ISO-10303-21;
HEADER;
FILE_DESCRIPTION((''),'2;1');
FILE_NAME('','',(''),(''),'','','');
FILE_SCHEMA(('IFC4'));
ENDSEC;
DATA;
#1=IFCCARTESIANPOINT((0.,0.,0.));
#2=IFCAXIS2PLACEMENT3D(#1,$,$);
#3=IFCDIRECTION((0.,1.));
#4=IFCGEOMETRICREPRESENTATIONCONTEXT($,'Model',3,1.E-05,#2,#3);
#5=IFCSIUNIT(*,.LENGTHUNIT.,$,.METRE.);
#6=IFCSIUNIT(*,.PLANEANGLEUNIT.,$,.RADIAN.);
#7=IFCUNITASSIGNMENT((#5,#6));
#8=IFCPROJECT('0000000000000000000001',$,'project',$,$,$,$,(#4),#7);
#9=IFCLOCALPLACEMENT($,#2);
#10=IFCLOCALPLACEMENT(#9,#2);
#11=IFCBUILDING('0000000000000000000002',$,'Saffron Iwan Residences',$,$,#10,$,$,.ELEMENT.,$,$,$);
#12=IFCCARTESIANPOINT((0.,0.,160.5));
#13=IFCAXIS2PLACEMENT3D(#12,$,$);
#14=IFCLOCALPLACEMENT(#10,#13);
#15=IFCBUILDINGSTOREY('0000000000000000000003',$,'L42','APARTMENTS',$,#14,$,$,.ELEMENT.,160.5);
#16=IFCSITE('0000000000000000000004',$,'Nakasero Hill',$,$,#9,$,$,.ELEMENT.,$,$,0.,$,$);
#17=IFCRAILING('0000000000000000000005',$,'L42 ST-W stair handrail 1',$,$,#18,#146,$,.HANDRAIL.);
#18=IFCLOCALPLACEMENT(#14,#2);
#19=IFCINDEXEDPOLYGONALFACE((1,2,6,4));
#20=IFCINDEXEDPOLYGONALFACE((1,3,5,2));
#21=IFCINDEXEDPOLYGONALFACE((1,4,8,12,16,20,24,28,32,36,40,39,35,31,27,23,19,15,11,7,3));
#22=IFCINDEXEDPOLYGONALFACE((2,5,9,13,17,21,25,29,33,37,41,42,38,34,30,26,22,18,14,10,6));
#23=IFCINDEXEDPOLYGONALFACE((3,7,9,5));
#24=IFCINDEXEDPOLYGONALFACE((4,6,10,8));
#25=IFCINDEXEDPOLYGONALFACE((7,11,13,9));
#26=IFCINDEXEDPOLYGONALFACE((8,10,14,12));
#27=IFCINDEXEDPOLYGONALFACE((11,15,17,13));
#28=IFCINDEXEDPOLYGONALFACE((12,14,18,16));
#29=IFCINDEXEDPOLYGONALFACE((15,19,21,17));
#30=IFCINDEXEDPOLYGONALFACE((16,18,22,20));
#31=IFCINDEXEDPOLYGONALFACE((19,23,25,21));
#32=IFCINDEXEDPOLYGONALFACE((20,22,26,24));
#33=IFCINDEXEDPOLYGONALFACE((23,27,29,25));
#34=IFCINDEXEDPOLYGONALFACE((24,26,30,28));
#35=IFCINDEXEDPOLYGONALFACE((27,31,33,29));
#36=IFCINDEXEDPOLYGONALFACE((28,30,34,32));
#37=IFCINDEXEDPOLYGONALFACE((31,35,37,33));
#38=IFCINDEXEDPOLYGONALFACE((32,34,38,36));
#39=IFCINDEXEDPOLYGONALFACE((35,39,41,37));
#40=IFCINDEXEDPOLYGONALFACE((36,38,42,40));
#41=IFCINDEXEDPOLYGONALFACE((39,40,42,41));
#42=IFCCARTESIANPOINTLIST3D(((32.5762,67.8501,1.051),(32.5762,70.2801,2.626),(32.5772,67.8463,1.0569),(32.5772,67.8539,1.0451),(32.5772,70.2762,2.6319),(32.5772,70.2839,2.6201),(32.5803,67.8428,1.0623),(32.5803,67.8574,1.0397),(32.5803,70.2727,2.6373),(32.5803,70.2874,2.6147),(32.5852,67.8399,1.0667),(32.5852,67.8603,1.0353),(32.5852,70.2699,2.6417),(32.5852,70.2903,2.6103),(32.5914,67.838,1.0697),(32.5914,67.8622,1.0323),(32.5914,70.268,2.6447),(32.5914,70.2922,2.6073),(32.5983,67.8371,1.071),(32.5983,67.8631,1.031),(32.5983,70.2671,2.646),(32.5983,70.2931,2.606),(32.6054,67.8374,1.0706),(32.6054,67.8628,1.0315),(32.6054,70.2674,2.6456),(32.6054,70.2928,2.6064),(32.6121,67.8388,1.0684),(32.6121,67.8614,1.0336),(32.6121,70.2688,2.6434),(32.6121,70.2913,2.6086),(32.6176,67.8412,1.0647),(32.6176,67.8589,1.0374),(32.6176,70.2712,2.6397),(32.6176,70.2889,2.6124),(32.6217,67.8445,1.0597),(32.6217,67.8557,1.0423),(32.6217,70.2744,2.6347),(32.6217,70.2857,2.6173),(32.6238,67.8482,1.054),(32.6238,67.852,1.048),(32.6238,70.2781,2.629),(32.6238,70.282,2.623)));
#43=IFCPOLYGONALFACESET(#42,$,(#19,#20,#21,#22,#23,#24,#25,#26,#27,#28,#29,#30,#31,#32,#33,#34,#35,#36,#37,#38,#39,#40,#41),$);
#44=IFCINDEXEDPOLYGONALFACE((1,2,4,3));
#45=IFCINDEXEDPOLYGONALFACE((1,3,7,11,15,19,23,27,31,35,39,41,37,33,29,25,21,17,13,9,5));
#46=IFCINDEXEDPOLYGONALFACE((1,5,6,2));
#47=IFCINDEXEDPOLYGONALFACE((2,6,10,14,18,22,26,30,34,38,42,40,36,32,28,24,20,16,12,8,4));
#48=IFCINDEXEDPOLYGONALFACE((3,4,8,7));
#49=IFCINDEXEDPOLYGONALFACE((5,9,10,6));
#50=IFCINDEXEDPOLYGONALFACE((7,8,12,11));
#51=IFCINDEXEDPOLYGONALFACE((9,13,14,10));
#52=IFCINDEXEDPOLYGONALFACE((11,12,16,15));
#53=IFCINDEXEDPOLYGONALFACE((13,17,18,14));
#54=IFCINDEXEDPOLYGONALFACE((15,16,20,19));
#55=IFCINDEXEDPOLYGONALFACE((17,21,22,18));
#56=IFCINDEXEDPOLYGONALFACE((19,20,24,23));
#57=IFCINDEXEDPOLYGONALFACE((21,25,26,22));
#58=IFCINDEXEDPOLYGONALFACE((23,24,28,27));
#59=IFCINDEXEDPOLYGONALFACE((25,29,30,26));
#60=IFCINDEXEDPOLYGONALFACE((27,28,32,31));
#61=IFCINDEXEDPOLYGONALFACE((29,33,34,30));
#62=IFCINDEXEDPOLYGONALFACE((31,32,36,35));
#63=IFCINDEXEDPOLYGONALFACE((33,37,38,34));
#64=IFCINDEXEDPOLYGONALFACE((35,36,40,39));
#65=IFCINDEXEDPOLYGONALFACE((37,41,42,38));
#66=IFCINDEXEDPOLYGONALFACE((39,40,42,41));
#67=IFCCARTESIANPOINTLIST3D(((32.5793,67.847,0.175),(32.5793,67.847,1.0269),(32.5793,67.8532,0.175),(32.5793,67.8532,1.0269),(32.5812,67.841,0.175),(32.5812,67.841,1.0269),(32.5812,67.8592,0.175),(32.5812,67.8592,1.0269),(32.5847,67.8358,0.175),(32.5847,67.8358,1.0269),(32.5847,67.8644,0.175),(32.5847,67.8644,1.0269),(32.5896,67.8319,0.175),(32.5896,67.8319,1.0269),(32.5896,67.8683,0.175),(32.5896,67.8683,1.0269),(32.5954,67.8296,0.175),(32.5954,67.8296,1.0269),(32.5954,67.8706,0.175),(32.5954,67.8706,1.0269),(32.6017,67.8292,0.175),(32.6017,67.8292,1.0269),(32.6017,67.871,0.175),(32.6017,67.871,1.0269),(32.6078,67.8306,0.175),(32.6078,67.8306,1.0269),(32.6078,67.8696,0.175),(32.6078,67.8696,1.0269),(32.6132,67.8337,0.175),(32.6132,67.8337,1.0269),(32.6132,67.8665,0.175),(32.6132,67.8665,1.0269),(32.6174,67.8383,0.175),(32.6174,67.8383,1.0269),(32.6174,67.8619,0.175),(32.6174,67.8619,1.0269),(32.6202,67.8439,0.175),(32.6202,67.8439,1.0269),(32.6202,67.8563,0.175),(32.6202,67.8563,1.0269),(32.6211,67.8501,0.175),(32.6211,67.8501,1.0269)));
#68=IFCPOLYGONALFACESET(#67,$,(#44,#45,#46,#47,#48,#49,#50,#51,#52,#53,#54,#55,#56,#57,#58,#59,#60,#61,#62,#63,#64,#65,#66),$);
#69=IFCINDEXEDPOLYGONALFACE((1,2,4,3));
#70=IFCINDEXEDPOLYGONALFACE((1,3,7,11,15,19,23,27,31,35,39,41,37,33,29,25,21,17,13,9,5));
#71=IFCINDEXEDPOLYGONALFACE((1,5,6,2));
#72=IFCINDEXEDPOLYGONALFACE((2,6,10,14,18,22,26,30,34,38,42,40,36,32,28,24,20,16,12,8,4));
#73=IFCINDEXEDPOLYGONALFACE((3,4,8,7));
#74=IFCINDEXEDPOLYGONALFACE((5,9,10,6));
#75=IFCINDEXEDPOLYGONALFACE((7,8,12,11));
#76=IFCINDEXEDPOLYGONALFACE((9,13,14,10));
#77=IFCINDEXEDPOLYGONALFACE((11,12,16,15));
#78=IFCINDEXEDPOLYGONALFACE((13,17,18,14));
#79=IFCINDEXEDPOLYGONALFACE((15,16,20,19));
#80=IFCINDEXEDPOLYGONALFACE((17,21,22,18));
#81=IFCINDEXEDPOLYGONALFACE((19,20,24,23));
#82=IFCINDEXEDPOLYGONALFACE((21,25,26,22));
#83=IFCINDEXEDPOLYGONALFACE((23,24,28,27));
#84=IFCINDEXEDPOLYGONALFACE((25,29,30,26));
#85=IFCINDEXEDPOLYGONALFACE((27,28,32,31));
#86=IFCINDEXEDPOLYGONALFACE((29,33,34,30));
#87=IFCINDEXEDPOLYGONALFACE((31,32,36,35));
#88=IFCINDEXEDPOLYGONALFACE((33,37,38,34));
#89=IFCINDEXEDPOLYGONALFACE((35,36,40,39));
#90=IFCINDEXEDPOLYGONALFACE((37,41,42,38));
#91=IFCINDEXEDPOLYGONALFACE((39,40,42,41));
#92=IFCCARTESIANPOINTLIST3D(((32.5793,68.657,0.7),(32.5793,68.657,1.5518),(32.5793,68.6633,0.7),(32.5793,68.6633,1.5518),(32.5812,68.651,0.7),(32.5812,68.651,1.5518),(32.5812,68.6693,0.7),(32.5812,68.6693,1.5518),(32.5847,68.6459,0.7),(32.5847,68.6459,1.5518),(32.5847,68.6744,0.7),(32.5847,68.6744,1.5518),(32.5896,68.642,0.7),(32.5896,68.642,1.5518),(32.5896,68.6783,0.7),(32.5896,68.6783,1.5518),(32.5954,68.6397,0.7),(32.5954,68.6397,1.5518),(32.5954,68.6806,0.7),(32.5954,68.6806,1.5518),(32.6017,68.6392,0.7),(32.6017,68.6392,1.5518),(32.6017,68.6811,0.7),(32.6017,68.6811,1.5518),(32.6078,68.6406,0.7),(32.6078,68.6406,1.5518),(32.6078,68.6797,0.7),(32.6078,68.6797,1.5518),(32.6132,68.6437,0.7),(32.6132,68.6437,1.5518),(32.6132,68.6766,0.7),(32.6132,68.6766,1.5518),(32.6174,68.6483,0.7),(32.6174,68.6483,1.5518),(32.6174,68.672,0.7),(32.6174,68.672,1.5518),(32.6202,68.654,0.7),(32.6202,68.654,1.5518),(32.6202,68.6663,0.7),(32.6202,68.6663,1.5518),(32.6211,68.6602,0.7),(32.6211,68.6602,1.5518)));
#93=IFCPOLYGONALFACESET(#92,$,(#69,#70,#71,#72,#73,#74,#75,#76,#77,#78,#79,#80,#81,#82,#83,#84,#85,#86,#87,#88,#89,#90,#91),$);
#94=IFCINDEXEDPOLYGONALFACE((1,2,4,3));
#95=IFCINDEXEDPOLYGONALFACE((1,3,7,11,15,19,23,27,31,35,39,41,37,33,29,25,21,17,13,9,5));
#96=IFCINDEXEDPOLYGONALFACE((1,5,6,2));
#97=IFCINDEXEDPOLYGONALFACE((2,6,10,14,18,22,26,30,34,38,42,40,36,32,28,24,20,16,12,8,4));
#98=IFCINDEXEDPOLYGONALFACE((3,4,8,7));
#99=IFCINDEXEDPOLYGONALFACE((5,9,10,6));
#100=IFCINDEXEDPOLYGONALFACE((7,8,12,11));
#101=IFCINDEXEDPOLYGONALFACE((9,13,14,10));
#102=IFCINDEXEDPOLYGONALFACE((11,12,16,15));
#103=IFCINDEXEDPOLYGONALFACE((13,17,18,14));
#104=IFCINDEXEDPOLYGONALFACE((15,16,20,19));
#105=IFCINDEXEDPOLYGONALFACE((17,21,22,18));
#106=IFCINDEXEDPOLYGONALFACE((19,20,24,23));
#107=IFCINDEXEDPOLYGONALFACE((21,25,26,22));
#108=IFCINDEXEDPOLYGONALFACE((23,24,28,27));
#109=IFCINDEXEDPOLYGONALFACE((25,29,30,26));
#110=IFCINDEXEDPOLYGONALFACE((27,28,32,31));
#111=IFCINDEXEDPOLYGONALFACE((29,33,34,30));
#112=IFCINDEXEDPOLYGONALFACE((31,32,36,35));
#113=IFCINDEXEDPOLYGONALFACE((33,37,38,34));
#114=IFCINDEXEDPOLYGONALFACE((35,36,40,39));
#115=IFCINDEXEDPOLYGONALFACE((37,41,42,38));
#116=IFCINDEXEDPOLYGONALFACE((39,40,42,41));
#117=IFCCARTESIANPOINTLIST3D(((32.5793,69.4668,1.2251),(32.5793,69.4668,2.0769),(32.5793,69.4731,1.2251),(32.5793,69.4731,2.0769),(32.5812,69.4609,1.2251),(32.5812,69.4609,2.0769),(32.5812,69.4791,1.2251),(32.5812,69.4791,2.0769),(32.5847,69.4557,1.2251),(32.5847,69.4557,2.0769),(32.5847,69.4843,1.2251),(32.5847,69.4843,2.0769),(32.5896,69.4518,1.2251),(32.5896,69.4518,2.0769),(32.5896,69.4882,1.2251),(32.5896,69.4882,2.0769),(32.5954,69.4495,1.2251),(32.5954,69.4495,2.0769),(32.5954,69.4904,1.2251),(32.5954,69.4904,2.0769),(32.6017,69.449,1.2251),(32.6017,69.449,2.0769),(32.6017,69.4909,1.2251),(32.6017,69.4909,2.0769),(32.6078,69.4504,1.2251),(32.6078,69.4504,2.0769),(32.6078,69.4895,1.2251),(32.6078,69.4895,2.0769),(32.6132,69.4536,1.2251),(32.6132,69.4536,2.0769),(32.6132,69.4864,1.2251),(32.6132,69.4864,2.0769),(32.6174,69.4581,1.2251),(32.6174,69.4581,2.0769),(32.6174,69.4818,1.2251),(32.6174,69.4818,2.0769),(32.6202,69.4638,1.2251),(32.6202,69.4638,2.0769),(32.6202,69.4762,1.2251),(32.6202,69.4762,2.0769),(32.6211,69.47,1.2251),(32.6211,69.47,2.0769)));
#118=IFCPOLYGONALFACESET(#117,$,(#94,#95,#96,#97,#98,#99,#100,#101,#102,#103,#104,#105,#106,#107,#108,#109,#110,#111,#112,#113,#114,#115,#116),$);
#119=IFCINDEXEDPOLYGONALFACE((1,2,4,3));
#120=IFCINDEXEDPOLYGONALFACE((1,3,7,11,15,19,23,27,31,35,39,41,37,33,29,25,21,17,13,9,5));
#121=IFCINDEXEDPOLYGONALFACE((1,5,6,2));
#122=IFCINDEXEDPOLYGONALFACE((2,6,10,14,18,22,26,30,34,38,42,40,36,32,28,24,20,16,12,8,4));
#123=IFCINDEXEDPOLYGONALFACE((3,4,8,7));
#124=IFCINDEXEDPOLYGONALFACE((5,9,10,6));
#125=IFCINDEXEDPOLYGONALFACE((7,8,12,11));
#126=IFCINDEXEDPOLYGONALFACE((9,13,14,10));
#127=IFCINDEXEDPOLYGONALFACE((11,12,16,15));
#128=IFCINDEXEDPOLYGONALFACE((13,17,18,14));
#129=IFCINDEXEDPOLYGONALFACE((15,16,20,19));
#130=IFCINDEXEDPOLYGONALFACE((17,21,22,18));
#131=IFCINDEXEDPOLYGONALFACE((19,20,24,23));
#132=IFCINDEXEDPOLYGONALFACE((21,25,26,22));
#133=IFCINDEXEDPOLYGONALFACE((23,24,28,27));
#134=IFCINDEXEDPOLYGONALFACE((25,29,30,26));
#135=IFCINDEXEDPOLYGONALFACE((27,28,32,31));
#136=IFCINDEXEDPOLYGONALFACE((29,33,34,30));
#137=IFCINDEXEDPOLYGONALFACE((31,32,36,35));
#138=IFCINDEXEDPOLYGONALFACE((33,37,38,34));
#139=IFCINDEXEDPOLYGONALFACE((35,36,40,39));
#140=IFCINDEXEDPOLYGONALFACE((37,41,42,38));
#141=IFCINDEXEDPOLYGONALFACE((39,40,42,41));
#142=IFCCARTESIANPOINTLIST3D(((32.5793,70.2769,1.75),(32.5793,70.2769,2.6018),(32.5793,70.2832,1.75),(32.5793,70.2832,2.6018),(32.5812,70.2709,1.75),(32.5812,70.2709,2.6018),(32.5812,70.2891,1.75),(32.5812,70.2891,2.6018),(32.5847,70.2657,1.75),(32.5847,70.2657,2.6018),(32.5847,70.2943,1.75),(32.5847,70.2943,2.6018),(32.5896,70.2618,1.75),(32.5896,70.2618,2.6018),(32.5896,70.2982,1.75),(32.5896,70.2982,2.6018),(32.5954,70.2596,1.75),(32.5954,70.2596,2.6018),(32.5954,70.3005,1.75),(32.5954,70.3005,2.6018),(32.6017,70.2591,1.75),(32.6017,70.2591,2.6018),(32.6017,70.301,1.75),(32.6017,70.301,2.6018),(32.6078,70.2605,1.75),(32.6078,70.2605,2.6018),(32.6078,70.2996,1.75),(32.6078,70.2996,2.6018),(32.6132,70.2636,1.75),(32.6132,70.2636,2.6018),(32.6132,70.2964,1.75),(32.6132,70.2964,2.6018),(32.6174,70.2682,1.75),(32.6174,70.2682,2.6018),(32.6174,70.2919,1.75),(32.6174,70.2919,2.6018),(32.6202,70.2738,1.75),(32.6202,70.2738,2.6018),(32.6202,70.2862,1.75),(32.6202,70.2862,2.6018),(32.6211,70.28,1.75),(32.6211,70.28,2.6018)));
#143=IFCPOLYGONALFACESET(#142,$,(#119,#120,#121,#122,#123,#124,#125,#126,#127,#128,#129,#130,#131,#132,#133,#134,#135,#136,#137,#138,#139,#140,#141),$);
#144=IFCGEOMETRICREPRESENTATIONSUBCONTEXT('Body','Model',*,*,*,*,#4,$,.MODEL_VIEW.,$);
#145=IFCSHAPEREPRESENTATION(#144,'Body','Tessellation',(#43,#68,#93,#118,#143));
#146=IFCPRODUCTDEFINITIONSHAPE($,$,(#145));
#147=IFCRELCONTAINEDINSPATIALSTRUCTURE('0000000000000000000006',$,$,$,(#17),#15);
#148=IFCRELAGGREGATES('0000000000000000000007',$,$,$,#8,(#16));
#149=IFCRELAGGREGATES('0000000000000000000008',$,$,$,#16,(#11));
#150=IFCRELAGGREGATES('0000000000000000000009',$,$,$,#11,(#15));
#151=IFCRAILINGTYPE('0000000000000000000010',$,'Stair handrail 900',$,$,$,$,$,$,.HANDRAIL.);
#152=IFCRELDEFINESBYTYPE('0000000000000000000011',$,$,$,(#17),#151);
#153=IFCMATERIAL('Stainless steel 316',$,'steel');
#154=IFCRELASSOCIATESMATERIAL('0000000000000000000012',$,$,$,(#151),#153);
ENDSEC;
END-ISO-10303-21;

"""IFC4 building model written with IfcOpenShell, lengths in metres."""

from ifc_helpers import new_model, si_unit, direction, frame, origin, origin_2d, place, context, subcontext, project, spatial, circle, extrude, material, type_object, element, save


model = new_model("IFC4")

# Units and contexts
model_context = context("Model", 3, precision=1e-05, world=origin(), true_north=direction((0.0, 1.0)))
body_context = subcontext(model_context, "Body", "Model", "MODEL_VIEW")
ifc_project = project(units=[si_unit("LENGTHUNIT", "METRE"), si_unit("PLANEANGLEUNIT", "RADIAN")], contexts=[model_context])

# Site, building, storey
site_placement = place(None, origin())
site = spatial("IfcSite", under=ifc_project, at=site_placement, Name="Nakasero Hill", CompositionType="ELEMENT", RefElevation=0.0)
building_placement = place(site_placement, origin())
building = spatial("IfcBuilding", under=site, at=building_placement, Name="Saffron Iwan Residences", CompositionType="ELEMENT")
storey_placement = place(building_placement, frame((0.0, 0.0, 160.5)))
storey = spatial("IfcBuildingStorey", under=building, at=storey_placement, Name="L42", Description="APARTMENTS", CompositionType="ELEMENT", Elevation=160.5)

# Railing
ifc_material_1 = material(Name="Stainless steel 316", Category="steel")
railing_type = type_object("IfcRailingType", Name="Stair handrail 900", PredefinedType="HANDRAIL", material=ifc_material_1)
railing_1_placement = place(storey_placement, frame((32.6001, 67.8501, 0.175)))
element("IfcRailing", 1, at=railing_1_placement, inside=storey, type_object=railing_type, Name="L42 ST-W stair handrail 1", PredefinedType="HANDRAIL", context=body_context, shape_type="SweptSolid", body=[
    extrude(circle(Radius=0.0239, at=origin_2d()), frame((0.0, 0.0, 0.876), z_axis=(0.0, 0.839154, 0.543894), x_axis=(-1.0, 0.0, 0.0)), (0.0, 0.0, 1.0), 2.8958),
    extrude(circle(Radius=0.021, at=origin_2d()), origin(), (0.0, 0.0, 1.0), 0.8518),
    extrude(circle(Radius=0.021, at=origin_2d()), frame((0.0, 0.8101, 0.5249)), (0.0, 0.0, 1.0), 0.8518),
    extrude(circle(Radius=0.021, at=origin_2d()), frame((0.0, 1.6199, 1.05)), (0.0, 0.0, 1.0), 0.8518),
    extrude(circle(Radius=0.021, at=origin_2d()), frame((0.0, 2.4299, 1.575)), (0.0, 0.0, 1.0), 0.8518),
])

save(model, "model.ifc")
